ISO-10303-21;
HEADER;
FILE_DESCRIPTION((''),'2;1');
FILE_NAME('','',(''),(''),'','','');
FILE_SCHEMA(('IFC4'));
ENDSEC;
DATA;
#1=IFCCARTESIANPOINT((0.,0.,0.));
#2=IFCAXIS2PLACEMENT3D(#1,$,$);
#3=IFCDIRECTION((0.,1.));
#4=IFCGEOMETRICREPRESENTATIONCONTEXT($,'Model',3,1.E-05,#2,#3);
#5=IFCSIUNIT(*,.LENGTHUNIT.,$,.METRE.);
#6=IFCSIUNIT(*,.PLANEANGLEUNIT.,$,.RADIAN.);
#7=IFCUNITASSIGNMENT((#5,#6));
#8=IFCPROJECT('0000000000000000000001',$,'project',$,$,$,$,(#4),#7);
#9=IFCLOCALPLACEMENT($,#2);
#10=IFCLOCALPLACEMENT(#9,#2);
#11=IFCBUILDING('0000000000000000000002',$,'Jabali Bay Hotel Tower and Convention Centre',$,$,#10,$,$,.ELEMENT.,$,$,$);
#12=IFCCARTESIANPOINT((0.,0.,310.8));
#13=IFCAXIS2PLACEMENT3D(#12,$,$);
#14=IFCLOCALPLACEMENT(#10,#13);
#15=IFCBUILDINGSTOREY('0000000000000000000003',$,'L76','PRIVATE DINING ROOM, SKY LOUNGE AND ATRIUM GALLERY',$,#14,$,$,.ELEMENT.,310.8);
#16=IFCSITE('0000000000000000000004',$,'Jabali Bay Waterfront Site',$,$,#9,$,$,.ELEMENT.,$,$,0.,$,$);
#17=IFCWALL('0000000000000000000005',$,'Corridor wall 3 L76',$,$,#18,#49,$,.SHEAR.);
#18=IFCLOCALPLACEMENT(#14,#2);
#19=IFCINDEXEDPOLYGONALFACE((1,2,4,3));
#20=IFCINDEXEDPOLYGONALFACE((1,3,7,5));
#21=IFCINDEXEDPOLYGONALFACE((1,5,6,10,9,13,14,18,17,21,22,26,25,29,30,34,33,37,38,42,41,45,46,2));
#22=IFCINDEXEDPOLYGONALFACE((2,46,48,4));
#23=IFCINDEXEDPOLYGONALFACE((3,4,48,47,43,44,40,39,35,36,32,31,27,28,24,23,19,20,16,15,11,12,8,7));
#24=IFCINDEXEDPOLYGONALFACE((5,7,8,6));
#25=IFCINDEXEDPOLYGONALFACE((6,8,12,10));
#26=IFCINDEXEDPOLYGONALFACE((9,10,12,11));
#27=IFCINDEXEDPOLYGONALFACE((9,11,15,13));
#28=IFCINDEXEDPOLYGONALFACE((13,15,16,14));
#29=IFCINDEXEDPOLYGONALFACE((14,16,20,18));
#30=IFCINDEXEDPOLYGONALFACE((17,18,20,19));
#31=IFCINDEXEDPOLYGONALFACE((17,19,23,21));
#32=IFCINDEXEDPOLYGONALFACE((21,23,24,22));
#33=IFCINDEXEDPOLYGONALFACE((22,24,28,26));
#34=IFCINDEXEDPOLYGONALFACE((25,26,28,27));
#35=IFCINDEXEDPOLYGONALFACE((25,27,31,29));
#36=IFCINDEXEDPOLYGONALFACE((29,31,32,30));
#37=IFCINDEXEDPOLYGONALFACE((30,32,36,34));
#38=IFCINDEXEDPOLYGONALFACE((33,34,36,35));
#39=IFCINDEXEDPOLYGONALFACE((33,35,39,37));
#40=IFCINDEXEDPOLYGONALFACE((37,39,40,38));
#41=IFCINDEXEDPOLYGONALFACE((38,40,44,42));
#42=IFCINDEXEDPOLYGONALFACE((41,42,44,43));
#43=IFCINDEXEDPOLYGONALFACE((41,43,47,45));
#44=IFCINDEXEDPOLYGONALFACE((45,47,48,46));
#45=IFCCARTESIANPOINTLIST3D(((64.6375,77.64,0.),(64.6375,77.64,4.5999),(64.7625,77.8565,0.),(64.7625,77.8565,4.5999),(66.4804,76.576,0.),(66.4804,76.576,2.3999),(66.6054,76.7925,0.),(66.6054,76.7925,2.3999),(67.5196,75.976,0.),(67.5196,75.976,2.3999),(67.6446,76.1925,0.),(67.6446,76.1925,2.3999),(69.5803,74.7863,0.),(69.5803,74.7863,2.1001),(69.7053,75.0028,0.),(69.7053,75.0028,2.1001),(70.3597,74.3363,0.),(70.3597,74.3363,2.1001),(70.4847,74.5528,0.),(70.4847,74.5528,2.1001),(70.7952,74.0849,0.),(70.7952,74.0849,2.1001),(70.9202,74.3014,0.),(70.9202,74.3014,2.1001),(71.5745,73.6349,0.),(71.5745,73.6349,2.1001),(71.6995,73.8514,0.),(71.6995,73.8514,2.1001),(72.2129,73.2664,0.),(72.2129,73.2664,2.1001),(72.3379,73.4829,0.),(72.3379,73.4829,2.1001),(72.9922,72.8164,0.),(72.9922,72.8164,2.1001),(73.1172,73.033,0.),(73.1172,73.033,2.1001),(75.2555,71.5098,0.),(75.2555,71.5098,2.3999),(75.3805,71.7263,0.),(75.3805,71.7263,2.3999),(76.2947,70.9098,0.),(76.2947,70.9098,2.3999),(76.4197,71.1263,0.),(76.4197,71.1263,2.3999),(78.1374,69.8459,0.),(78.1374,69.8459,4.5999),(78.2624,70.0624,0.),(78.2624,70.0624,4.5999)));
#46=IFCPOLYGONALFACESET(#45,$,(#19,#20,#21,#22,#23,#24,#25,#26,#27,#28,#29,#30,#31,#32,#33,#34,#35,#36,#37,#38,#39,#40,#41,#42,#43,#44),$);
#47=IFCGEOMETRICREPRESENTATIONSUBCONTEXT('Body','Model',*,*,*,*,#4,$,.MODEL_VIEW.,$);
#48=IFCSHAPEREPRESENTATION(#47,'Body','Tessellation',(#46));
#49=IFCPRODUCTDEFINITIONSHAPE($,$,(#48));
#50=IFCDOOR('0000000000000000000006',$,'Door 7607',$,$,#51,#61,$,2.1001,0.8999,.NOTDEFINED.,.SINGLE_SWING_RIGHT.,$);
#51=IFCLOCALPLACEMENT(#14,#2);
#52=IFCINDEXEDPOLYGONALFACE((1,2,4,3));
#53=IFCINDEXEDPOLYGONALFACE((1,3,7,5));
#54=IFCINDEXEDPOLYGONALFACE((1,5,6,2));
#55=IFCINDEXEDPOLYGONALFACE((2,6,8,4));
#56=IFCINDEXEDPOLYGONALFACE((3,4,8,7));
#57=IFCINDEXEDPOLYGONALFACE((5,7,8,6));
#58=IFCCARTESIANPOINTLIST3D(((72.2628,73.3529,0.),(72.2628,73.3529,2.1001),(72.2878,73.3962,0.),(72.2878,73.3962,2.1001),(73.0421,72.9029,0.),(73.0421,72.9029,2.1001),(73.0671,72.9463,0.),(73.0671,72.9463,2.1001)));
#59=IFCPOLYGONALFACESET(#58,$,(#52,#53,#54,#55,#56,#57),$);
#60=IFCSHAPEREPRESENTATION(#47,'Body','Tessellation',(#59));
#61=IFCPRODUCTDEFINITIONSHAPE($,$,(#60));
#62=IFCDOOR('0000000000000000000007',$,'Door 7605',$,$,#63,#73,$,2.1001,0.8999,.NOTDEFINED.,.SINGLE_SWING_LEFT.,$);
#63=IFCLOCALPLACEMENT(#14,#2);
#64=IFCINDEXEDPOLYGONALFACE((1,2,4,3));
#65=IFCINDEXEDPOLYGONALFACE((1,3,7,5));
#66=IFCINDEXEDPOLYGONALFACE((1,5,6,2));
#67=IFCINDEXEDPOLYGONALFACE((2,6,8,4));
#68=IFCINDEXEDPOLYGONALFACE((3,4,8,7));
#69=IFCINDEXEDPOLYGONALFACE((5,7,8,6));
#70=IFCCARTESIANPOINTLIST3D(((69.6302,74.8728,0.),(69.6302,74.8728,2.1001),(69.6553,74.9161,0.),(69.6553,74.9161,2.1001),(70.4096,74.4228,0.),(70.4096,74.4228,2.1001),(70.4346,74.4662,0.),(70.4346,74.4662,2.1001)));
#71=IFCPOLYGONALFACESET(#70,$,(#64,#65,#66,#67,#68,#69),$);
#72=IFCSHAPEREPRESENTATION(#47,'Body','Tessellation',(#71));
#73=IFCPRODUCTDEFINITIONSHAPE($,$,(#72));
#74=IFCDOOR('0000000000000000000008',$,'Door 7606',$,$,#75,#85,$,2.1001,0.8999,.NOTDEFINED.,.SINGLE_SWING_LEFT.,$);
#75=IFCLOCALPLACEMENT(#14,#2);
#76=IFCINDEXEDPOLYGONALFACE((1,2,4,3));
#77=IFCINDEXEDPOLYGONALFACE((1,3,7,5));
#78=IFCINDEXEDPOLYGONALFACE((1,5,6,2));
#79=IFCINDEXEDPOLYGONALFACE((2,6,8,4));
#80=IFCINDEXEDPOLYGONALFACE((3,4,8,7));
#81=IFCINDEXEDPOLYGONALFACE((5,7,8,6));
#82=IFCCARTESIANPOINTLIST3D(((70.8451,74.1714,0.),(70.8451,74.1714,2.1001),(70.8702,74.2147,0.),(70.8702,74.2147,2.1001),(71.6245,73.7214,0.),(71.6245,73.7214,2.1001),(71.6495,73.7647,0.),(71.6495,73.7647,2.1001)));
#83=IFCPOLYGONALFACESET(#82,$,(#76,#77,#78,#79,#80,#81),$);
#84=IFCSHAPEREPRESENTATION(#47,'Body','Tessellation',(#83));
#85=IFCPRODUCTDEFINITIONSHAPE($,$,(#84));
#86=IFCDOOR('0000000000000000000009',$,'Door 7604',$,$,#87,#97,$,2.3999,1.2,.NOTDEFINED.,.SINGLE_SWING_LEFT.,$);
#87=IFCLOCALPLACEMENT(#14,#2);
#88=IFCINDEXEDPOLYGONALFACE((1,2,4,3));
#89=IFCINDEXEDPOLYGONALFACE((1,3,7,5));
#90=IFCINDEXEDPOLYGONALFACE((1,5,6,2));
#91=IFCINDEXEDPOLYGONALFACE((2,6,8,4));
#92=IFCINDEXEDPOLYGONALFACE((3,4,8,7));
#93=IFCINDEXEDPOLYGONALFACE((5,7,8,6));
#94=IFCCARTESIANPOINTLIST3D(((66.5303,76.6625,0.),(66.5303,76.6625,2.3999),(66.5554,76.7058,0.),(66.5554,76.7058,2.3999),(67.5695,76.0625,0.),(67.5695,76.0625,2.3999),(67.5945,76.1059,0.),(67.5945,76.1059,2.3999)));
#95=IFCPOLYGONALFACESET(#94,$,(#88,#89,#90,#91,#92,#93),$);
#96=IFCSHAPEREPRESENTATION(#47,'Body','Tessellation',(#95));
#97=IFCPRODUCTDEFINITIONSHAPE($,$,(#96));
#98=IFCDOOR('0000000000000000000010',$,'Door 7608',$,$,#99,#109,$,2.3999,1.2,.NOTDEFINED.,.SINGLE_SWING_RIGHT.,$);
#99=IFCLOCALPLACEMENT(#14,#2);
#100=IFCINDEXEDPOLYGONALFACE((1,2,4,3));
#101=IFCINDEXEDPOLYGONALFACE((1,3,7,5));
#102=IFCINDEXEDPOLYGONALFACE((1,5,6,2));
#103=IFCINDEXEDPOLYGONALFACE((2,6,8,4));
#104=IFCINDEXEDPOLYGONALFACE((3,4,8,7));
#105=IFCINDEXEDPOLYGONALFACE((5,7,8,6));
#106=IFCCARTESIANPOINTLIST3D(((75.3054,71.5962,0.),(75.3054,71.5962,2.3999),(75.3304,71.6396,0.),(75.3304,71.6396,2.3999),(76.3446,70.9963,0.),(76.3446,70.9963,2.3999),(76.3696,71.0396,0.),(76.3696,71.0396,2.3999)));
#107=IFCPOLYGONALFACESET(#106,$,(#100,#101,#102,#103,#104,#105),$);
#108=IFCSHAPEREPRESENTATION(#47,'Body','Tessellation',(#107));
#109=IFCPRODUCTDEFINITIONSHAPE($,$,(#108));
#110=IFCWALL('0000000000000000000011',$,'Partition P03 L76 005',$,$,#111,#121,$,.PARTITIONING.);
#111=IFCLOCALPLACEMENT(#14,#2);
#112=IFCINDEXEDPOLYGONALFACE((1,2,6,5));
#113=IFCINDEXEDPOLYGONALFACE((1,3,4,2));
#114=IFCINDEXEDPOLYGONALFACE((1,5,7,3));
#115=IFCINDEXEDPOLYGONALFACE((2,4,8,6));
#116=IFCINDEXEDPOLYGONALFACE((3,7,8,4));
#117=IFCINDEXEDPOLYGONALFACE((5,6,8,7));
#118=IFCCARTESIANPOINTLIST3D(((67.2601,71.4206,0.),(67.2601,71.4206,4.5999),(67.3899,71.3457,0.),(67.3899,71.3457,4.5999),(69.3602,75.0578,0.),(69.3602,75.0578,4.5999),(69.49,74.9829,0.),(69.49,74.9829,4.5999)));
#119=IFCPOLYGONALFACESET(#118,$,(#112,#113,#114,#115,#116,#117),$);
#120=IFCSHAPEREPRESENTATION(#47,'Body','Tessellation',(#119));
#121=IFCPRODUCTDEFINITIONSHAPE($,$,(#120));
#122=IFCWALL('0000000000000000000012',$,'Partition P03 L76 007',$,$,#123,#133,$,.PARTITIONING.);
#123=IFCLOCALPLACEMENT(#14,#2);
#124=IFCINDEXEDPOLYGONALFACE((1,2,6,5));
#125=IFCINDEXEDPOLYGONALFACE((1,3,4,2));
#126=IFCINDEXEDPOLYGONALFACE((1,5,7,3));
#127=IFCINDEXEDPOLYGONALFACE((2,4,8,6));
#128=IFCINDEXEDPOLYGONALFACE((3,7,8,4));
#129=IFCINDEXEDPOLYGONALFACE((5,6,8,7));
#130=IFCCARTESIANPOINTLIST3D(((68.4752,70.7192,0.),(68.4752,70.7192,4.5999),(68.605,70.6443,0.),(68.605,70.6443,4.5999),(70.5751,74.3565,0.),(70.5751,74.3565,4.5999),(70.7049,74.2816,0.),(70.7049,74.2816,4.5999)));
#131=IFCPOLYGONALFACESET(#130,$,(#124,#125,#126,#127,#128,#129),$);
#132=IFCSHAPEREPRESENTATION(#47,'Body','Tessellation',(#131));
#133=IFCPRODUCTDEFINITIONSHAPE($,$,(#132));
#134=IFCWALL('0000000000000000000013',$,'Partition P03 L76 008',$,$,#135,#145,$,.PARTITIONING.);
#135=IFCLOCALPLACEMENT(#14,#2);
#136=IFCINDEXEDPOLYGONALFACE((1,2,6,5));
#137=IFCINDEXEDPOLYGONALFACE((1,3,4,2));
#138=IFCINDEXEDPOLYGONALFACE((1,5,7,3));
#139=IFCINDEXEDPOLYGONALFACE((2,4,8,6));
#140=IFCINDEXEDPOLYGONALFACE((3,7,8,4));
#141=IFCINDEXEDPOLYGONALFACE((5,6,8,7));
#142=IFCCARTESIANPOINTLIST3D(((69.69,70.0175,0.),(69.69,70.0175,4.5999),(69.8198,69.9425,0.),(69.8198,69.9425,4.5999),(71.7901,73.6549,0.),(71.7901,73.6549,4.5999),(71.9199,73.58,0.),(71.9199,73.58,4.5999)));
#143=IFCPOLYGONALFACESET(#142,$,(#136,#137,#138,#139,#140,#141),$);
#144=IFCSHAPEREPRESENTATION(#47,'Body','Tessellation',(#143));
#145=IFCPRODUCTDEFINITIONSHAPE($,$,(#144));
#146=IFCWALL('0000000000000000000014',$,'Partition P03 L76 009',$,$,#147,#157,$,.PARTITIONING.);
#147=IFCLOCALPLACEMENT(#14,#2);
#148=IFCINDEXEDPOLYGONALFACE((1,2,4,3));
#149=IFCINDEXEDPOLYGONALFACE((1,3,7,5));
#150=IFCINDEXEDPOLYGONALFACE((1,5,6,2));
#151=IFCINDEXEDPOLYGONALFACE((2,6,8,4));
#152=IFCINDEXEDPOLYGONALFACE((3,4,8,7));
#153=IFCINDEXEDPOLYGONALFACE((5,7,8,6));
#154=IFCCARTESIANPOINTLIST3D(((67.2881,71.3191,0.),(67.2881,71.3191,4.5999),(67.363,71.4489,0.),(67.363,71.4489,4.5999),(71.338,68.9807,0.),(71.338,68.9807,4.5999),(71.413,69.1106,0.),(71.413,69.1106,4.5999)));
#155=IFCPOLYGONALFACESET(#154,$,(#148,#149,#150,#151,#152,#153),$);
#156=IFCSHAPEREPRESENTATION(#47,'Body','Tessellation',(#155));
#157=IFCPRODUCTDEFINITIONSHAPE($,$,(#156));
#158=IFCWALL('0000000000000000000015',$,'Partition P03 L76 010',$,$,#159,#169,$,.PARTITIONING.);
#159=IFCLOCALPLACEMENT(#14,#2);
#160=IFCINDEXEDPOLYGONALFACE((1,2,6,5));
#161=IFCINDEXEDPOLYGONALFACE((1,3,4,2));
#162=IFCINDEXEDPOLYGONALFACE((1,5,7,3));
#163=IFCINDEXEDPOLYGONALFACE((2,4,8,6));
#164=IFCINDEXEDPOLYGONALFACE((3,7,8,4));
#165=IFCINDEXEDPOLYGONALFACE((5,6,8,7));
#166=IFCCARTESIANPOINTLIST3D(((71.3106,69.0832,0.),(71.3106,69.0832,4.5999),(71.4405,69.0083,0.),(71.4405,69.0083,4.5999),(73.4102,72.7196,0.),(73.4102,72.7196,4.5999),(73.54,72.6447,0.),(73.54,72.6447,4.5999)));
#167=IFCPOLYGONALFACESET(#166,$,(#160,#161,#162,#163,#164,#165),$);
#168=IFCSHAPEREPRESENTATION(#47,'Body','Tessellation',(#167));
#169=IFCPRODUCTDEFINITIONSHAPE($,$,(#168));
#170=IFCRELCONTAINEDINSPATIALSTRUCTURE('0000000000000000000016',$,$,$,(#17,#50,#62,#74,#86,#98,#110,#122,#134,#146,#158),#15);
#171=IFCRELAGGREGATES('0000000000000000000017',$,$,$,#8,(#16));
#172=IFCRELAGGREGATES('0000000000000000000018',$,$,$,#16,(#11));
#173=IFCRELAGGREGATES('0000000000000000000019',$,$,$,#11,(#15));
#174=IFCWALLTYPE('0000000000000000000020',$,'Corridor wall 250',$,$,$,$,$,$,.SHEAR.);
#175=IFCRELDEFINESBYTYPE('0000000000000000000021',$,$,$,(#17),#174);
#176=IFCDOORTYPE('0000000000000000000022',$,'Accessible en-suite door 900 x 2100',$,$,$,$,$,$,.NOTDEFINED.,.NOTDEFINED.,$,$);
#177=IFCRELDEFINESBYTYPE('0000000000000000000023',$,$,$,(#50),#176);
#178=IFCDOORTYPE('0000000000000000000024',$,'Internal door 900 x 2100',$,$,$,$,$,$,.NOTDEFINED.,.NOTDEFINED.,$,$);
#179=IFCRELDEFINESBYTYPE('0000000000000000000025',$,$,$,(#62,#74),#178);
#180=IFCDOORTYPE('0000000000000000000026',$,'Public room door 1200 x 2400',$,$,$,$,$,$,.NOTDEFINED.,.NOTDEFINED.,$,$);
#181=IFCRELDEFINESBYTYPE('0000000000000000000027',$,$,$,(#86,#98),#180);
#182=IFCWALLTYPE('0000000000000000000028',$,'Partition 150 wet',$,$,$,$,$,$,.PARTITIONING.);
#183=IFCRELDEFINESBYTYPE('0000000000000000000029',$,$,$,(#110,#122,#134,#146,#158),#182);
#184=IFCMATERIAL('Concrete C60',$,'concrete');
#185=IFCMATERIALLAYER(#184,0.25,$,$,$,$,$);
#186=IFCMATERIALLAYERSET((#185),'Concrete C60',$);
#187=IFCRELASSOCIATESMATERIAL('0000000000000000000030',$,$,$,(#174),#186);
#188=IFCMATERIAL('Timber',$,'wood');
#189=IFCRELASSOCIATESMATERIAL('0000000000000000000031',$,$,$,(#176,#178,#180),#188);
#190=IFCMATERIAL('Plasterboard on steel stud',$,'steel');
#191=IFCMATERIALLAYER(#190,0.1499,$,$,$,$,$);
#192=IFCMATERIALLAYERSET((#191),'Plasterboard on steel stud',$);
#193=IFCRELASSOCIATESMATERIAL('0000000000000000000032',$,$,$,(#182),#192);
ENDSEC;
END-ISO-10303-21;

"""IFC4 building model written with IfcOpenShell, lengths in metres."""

from ifc_helpers import new_model, si_unit, direction, frame, frame_2d, origin, place, context, subcontext, project, spatial, rectangle, extrude, material, layer, layer_set, type_object, element, fill, save


model = new_model("IFC4")

# Units and contexts
model_context = context("Model", 3, precision=1e-05, world=origin(), true_north=direction((0.0, 1.0)))
body_context = subcontext(model_context, "Body", "Model", "MODEL_VIEW")
ifc_project = project(units=[si_unit("LENGTHUNIT", "METRE"), si_unit("PLANEANGLEUNIT", "RADIAN")], contexts=[model_context])

# Site, building, storey
site_placement = place(None, origin())
site = spatial("IfcSite", under=ifc_project, at=site_placement, Name="Jabali Bay Waterfront Site", CompositionType="ELEMENT", RefElevation=0.0)
building_placement = place(site_placement, origin())
building = spatial("IfcBuilding", under=site, at=building_placement, Name="Jabali Bay Hotel Tower and Convention Centre", CompositionType="ELEMENT")
storey_placement = place(building_placement, frame((0.0, 0.0, 310.8)))
storey = spatial("IfcBuildingStorey", under=building, at=storey_placement, Name="L76", Description="PRIVATE DINING ROOM, SKY LOUNGE AND ATRIUM GALLERY", CompositionType="ELEMENT", Elevation=310.8)

# Shared definitions
ifc_material_1 = material(Name="Concrete C60", Category="concrete")

# Wall, openings, doors
ifc_layer_1 = layer(ifc_material_1, 0.25)
ifc_layer_set_1 = layer_set([ifc_layer_1], Name="Concrete C60")
wall_type_1 = type_object("IfcWallType", Name="Corridor wall 250", PredefinedType="SHEAR", material=ifc_layer_set_1)
wall_1_placement = place(storey_placement, frame((64.7, 77.7483, 0.0), z_axis=(0.0, 0.0, 1.0), x_axis=(0.866026, -0.499998, 0.0)))
wall_1 = element("IfcWall", 1, at=wall_1_placement, inside=storey, type_object=wall_type_1, Name="Corridor wall 3 L76", PredefinedType="SHEAR", context=body_context, shape_type="SweptSolid", body=[
    extrude(rectangle(XDim=15.5884, YDim=0.25, at=frame_2d((7.7942, 0.0))), origin(), (0.0, 0.0, 1.0), 4.5999),
])
opening_1_placement = place(wall_1_placement, frame((2.1279, 0.0, 0.0)))
opening_1 = element("IfcOpeningElement", 2, at=opening_1_placement, cuts=wall_1, PredefinedType="OPENING", context=body_context, shape_type="SweptSolid", body=[
    extrude(rectangle(XDim=1.2, YDim=2.3999, at=frame_2d((0.6001, 1.2))), frame((0.0, 0.1355, 0.0), z_axis=(0.0, -1.0, 0.0), x_axis=(1.0, 0.0, 0.0)), (0.0, 0.0, 1.0), 0.271),
])
opening_2_placement = place(wall_1_placement, frame((5.7075, 0.0, 0.0)))
opening_2 = element("IfcOpeningElement", 3, at=opening_2_placement, cuts=wall_1, PredefinedType="OPENING", context=body_context, shape_type="SweptSolid", body=[
    extrude(rectangle(XDim=0.8999, YDim=2.1001, at=frame_2d((0.45, 1.05))), frame((0.0, 0.1355, 0.0), z_axis=(0.0, -1.0, 0.0), x_axis=(1.0, 0.0, 0.0)), (0.0, 0.0, 1.0), 0.271),
])
opening_3_placement = place(wall_1_placement, frame((7.1104, 0.0, 0.0)))
opening_3 = element("IfcOpeningElement", 4, at=opening_3_placement, cuts=wall_1, PredefinedType="OPENING", context=body_context, shape_type="SweptSolid", body=[
    extrude(rectangle(XDim=0.8999, YDim=2.1001, at=frame_2d((0.45, 1.05))), frame((0.0, 0.1355, 0.0), z_axis=(0.0, -1.0, 0.0), x_axis=(1.0, 0.0, 0.0)), (0.0, 0.0, 1.0), 0.271),
])
opening_4_placement = place(wall_1_placement, frame((8.7473, 0.0, 0.0)))
opening_4 = element("IfcOpeningElement", 5, at=opening_4_placement, cuts=wall_1, PredefinedType="OPENING", context=body_context, shape_type="SweptSolid", body=[
    extrude(rectangle(XDim=0.8999, YDim=2.1001, at=frame_2d((0.45, 1.05))), frame((0.0, 0.1355, 0.0), z_axis=(0.0, -1.0, 0.0), x_axis=(1.0, 0.0, 0.0)), (0.0, 0.0, 1.0), 0.271),
])
opening_5_placement = place(wall_1_placement, frame((12.2605, 0.0, 0.0)))
opening_5 = element("IfcOpeningElement", 6, at=opening_5_placement, cuts=wall_1, PredefinedType="OPENING", context=body_context, shape_type="SweptSolid", body=[
    extrude(rectangle(XDim=1.2, YDim=2.3999, at=frame_2d((0.6001, 1.2))), frame((0.0, 0.1355, 0.0), z_axis=(0.0, -1.0, 0.0), x_axis=(1.0, 0.0, 0.0)), (0.0, 0.0, 1.0), 0.271),
])
ifc_material_2 = material(Name="Timber", Category="wood")
door_type_1 = type_object("IfcDoorType", Name="Accessible en-suite door 900 x 2100", OperationType="NOTDEFINED", PredefinedType="NOTDEFINED", material=ifc_material_2)
door_1_placement = place(opening_4_placement, origin())
door_1 = element("IfcDoor", 7, at=door_1_placement, inside=storey, type_object=door_type_1, Name="Door 7607", OperationType="SINGLE_SWING_RIGHT", OverallHeight=2.1001, OverallWidth=0.8999, PredefinedType="NOTDEFINED", context=body_context, shape_type="SweptSolid", body=[
    extrude(rectangle(XDim=0.8999, YDim=2.1001, at=frame_2d((0.45, 1.05))), frame((0.0, 0.0249, 0.0), z_axis=(0.0, -1.0, 0.0), x_axis=(1.0, 0.0, 0.0)), (0.0, 0.0, 1.0), 0.05),
])
fill(opening_4, door_1)
door_type_2 = type_object("IfcDoorType", Name="Internal door 900 x 2100", OperationType="NOTDEFINED", PredefinedType="NOTDEFINED", material=ifc_material_2)
door_2_placement = place(opening_2_placement, origin())
door_2 = element("IfcDoor", 8, at=door_2_placement, inside=storey, type_object=door_type_2, Name="Door 7605", OperationType="SINGLE_SWING_LEFT", OverallHeight=2.1001, OverallWidth=0.8999, PredefinedType="NOTDEFINED", context=body_context, shape_type="SweptSolid", body=[
    extrude(rectangle(XDim=0.8999, YDim=2.1001, at=frame_2d((0.45, 1.05))), frame((0.0, 0.0249, 0.0), z_axis=(0.0, -1.0, 0.0), x_axis=(1.0, 0.0, 0.0)), (0.0, 0.0, 1.0), 0.05),
])
fill(opening_2, door_2)
door_3_placement = place(opening_3_placement, origin())
door_3 = element("IfcDoor", 9, at=door_3_placement, inside=storey, type_object=door_type_2, Name="Door 7606", OperationType="SINGLE_SWING_LEFT", OverallHeight=2.1001, OverallWidth=0.8999, PredefinedType="NOTDEFINED", context=body_context, shape_type="SweptSolid", body=[
    extrude(rectangle(XDim=0.8999, YDim=2.1001, at=frame_2d((0.45, 1.05))), frame((0.0, 0.0249, 0.0), z_axis=(0.0, -1.0, 0.0), x_axis=(1.0, 0.0, 0.0)), (0.0, 0.0, 1.0), 0.05),
])
fill(opening_3, door_3)
door_type_3 = type_object("IfcDoorType", Name="Public room door 1200 x 2400", OperationType="NOTDEFINED", PredefinedType="NOTDEFINED", material=ifc_material_2)
door_4_placement = place(opening_1_placement, origin())
door_4 = element("IfcDoor", 10, at=door_4_placement, inside=storey, type_object=door_type_3, Name="Door 7604", OperationType="SINGLE_SWING_LEFT", OverallHeight=2.3999, OverallWidth=1.2, PredefinedType="NOTDEFINED", context=body_context, shape_type="SweptSolid", body=[
    extrude(rectangle(XDim=1.2, YDim=2.3999, at=frame_2d((0.6001, 1.2))), frame((0.0, 0.0249, 0.0), z_axis=(0.0, -1.0, 0.0), x_axis=(1.0, 0.0, 0.0)), (0.0, 0.0, 1.0), 0.05),
])
fill(opening_1, door_4)
door_5_placement = place(opening_5_placement, origin())
door_5 = element("IfcDoor", 11, at=door_5_placement, inside=storey, type_object=door_type_3, Name="Door 7608", OperationType="SINGLE_SWING_RIGHT", OverallHeight=2.3999, OverallWidth=1.2, PredefinedType="NOTDEFINED", context=body_context, shape_type="SweptSolid", body=[
    extrude(rectangle(XDim=1.2, YDim=2.3999, at=frame_2d((0.6001, 1.2))), frame((0.0, 0.0249, 0.0), z_axis=(0.0, -1.0, 0.0), x_axis=(1.0, 0.0, 0.0)), (0.0, 0.0, 1.0), 0.05),
])
fill(opening_5, door_5)

# Walls
ifc_material_3 = material(Name="Plasterboard on steel stud", Category="steel")
ifc_layer_2 = layer(ifc_material_3, 0.1499)
ifc_layer_set_2 = layer_set([ifc_layer_2], Name="Plasterboard on steel stud")
wall_type_2 = type_object("IfcWallType", Name="Partition 150 wet", PredefinedType="PARTITIONING", material=ifc_layer_set_2)
for number, where, z_axis, x_axis, name in (
    (12, (67.325, 71.3831, 0.0), (0.0, 0.0, 1.0), (0.500028, 0.866009, 0.0), "Partition P03 L76 005"),
    (13, (68.54, 70.6816, 0.0), (0.0, 0.0, 1.0), (0.499984, 0.866035, 0.0), "Partition P03 L76 007"),
):
    element("IfcWall", number, at=place(storey_placement, frame(where, z_axis=z_axis, x_axis=x_axis)), inside=storey, type_object=wall_type_2, Name=name, PredefinedType="PARTITIONING", context=body_context, shape_type="SweptSolid", body=[
        extrude(rectangle(XDim=4.2, YDim=0.1499, at=frame_2d((2.1001, 0.0))), origin(), (0.0, 0.0, 1.0), 4.5999),
    ])
wall_2_placement = place(storey_placement, frame((69.7549, 69.98, 0.0), z_axis=(0.0, 0.0, 1.0), x_axis=(0.500003, 0.866024, 0.0)))
element("IfcWall", 14, at=wall_2_placement, inside=storey, type_object=wall_type_2, Name="Partition P03 L76 008", PredefinedType="PARTITIONING", context=body_context, shape_type="SweptSolid", body=[
    extrude(rectangle(XDim=4.2002, YDim=0.1499, at=frame_2d((2.1001, 0.0))), origin(), (0.0, 0.0, 1.0), 4.5999),
])
wall_3_placement = place(storey_placement, frame((67.3254, 71.384, 0.0), z_axis=(0.0, 0.0, 1.0), x_axis=(0.866018, -0.500013, 0.0)))
element("IfcWall", 15, at=wall_3_placement, inside=storey, type_object=wall_type_2, Name="Partition P03 L76 009", PredefinedType="PARTITIONING", context=body_context, shape_type="SweptSolid", body=[
    extrude(rectangle(XDim=4.6765, YDim=0.1499, at=frame_2d((2.3384, 0.0))), origin(), (0.0, 0.0, 1.0), 4.5999),
])
wall_4_placement = place(storey_placement, frame((71.3755, 69.0457, 0.0), z_axis=(0.0, 0.0, 1.0), x_axis=(0.500016, 0.866016, 0.0)))
element("IfcWall", 16, at=wall_4_placement, inside=storey, type_object=wall_type_2, Name="Partition P03 L76 010", PredefinedType="PARTITIONING", context=body_context, shape_type="SweptSolid", body=[
    extrude(rectangle(XDim=4.199, YDim=0.1499, at=frame_2d((2.0996, 0.0))), origin(), (0.0, 0.0, 1.0), 4.5999),
])

save(model, "model.ifc")
